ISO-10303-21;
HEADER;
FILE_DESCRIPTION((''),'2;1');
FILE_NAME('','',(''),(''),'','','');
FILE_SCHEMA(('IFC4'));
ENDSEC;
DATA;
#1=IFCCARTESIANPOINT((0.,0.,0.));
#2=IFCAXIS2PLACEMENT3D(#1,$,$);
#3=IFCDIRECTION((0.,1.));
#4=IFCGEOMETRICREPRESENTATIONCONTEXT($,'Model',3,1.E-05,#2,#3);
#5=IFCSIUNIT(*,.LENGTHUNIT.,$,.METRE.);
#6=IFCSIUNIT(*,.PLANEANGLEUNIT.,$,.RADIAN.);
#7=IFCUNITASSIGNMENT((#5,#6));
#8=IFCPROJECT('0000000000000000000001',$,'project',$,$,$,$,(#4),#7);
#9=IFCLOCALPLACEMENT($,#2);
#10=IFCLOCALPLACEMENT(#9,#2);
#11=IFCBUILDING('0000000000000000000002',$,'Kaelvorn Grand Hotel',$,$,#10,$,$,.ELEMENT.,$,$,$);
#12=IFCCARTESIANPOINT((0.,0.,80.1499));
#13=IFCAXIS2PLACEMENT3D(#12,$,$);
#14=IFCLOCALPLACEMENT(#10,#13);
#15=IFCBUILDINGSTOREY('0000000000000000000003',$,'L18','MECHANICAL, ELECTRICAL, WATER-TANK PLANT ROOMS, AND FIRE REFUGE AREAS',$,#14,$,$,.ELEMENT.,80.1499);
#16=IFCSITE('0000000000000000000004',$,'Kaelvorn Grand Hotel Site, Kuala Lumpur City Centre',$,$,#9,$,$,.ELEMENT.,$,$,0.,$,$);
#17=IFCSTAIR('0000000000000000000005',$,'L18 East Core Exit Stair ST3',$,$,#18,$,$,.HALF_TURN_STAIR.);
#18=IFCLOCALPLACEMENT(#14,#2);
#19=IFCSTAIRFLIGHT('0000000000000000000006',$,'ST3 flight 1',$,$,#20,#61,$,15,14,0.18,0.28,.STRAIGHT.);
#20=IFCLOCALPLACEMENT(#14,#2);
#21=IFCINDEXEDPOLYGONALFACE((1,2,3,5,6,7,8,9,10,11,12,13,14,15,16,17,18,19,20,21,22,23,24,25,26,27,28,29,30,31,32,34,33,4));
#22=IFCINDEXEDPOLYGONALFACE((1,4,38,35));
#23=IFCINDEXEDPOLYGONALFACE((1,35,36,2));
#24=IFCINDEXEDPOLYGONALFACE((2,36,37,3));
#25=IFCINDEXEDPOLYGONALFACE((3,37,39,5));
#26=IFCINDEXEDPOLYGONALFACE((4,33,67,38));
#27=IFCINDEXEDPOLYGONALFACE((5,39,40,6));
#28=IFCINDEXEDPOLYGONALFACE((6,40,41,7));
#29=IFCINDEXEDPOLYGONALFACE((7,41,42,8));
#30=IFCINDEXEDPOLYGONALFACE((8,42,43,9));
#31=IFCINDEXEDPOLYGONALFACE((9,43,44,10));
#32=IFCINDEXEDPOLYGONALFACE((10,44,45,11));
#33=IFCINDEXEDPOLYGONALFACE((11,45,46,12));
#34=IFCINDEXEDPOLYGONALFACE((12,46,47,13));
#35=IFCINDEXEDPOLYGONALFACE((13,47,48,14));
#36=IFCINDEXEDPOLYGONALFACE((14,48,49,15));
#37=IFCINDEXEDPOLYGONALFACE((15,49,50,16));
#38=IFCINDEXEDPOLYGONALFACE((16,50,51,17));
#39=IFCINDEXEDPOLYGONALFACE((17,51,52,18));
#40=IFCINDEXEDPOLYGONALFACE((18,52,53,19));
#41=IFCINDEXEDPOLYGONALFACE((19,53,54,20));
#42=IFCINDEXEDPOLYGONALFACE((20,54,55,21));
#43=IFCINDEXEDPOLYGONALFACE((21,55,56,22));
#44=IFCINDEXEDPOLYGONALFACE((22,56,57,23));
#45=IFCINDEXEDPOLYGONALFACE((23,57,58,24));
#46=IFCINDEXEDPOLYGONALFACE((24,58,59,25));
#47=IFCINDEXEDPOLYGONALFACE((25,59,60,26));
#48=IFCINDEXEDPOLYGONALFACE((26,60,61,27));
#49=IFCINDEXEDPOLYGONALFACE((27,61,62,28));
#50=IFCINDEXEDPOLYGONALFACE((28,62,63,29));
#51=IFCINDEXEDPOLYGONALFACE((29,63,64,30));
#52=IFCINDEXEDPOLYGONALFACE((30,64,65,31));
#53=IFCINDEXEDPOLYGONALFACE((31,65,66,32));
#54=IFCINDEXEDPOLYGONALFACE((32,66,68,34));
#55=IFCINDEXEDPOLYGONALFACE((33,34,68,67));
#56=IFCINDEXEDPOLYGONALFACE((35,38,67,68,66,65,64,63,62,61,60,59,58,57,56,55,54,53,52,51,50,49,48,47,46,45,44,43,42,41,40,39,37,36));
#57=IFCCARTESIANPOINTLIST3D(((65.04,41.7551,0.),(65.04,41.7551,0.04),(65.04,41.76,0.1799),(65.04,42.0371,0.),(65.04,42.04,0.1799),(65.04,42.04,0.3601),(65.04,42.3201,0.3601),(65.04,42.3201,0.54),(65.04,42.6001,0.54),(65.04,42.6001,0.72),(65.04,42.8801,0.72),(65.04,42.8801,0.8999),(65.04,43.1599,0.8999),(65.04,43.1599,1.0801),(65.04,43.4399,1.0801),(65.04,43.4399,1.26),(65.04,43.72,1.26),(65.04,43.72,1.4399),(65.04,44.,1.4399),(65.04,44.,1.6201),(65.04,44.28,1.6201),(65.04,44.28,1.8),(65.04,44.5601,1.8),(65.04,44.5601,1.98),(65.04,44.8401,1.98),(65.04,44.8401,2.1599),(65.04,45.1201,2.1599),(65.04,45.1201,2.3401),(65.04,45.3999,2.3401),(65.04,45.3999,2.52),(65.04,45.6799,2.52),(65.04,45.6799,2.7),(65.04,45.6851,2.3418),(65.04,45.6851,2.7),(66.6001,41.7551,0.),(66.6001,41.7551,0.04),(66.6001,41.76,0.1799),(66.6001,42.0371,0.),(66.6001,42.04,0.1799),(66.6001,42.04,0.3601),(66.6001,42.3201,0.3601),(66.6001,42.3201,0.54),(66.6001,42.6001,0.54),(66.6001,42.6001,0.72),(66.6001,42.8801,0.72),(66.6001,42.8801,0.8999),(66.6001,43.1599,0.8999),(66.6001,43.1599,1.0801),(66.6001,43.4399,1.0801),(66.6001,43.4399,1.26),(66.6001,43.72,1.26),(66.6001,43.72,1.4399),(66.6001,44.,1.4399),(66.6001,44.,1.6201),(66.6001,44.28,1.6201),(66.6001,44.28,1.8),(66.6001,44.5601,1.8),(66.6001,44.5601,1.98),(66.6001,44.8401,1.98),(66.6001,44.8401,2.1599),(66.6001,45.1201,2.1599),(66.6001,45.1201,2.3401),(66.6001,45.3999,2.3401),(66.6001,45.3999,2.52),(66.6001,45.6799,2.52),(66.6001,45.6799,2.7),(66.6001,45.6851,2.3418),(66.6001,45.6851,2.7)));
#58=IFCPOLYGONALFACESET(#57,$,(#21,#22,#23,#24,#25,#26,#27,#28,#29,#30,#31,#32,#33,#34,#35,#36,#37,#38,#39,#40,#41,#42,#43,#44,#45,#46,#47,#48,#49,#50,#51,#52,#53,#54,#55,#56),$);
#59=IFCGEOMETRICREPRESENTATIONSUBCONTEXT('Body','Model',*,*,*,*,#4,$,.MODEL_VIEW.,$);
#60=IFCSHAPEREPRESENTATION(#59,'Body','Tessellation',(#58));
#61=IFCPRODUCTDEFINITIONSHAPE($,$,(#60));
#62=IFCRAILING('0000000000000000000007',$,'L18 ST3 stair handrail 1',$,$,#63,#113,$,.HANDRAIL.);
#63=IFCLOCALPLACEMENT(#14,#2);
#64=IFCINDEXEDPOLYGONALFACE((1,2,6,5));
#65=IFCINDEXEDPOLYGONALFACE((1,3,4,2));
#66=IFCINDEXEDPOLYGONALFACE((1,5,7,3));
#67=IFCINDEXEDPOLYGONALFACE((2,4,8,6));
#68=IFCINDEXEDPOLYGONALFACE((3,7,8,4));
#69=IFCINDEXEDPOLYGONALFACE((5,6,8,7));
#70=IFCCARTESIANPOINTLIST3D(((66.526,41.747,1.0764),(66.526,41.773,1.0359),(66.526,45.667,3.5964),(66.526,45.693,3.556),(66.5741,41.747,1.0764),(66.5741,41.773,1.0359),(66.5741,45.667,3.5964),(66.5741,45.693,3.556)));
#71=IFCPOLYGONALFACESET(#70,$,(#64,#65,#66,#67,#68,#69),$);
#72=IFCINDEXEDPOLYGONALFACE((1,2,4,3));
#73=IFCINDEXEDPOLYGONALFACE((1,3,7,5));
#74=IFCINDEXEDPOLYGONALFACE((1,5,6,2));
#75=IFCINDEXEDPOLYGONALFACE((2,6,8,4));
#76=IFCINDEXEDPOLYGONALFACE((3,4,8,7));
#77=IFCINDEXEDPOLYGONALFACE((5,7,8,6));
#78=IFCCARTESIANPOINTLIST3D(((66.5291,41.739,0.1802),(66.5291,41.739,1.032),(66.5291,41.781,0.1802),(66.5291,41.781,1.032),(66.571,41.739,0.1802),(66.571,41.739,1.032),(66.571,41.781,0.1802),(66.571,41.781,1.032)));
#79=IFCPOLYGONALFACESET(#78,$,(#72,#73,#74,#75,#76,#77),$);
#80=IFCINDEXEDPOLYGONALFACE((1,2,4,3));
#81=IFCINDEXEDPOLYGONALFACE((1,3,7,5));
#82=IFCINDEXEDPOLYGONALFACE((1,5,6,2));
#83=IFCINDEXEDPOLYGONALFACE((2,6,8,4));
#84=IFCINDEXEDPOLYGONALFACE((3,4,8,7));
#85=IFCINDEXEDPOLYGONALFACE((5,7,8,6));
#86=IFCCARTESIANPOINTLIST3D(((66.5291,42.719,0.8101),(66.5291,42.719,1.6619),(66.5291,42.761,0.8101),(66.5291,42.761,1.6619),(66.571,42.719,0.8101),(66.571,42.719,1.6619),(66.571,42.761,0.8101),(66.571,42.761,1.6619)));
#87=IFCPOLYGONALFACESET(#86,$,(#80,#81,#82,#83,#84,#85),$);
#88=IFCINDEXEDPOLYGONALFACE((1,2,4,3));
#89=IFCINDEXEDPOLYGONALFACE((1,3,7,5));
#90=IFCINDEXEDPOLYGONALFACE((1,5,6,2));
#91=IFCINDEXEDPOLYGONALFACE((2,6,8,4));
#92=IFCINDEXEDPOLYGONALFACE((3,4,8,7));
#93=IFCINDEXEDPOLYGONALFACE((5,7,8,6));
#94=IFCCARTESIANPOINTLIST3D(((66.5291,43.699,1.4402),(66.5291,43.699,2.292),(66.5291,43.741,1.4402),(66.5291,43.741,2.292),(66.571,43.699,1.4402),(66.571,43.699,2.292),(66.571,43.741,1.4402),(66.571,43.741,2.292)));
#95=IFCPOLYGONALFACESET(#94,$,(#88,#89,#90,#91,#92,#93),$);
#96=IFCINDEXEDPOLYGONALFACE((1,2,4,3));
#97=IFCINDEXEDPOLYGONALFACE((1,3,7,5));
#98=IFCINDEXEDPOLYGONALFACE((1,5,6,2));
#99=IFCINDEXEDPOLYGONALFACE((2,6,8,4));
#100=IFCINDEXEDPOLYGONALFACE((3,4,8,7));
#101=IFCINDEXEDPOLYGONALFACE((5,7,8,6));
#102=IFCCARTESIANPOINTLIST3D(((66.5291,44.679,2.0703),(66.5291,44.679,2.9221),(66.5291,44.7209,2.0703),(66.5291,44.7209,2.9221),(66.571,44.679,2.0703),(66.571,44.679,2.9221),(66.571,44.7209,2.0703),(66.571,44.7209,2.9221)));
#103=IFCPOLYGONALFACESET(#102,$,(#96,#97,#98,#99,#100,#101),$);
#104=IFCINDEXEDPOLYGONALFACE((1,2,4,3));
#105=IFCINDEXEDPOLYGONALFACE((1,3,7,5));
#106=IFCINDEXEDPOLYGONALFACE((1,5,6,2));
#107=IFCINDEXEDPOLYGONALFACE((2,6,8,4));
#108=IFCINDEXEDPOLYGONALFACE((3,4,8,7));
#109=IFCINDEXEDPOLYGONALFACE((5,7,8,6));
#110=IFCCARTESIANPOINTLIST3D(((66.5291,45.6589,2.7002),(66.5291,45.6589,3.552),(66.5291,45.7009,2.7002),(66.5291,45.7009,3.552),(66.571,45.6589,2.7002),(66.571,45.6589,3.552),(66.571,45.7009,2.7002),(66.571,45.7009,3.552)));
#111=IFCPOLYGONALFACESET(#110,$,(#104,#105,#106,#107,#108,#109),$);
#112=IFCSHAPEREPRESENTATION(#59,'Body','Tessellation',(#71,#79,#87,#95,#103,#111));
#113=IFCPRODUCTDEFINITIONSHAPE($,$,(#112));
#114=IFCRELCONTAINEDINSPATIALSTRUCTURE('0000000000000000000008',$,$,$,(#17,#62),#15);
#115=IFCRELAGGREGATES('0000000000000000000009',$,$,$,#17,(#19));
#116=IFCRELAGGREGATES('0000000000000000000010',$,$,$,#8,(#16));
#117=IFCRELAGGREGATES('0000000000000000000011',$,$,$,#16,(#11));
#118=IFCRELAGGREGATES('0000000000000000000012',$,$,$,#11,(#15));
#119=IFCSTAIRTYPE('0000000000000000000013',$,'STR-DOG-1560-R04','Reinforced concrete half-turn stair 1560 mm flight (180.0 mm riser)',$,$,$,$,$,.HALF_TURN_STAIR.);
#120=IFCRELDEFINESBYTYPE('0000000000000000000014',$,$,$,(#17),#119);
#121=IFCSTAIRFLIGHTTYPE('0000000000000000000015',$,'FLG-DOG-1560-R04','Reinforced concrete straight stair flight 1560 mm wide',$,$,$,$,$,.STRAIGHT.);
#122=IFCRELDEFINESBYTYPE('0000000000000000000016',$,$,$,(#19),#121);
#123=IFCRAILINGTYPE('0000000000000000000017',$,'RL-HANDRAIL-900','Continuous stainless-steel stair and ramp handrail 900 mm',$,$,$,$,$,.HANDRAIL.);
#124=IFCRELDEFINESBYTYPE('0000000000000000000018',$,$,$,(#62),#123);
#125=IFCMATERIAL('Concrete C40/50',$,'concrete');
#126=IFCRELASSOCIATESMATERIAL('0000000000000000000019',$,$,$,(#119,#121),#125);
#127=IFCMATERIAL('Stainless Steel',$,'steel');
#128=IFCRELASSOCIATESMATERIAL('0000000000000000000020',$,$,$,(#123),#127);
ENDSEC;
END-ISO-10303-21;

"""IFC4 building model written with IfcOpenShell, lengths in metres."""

from ifc_helpers import new_model, si_unit, direction, frame, origin, origin_2d, place, context, subcontext, project, spatial, polyline, rectangle, outline, extrude, material, type_object, element, aggregate, save


model = new_model("IFC4")

# Units and contexts
model_context = context("Model", 3, precision=1e-05, world=origin(), true_north=direction((0.0, 1.0)))
body_context = subcontext(model_context, "Body", "Model", "MODEL_VIEW")
ifc_project = project(units=[si_unit("LENGTHUNIT", "METRE"), si_unit("PLANEANGLEUNIT", "RADIAN")], contexts=[model_context])

# Site, building, storey
site_placement = place(None, origin())
site = spatial("IfcSite", under=ifc_project, at=site_placement, Name="Kaelvorn Grand Hotel Site, Kuala Lumpur City Centre", CompositionType="ELEMENT", RefElevation=0.0)
building_placement = place(site_placement, origin())
building = spatial("IfcBuilding", under=site, at=building_placement, Name="Kaelvorn Grand Hotel", CompositionType="ELEMENT")
storey_placement = place(building_placement, frame((0.0, 0.0, 80.1499)))
storey = spatial("IfcBuildingStorey", under=building, at=storey_placement, Name="L18", Description="MECHANICAL, ELECTRICAL, WATER-TANK PLANT ROOMS, AND FIRE REFUGE AREAS", CompositionType="ELEMENT", Elevation=80.1499)

# Shared definitions
ifc_material_1 = material(Name="Concrete C40/50", Category="concrete")

# Stair, stair flight
stair_type = type_object("IfcStairType", Name="STR-DOG-1560-R04", Description="Reinforced concrete half-turn stair 1560 mm flight (180.0 mm riser)", PredefinedType="HALF_TURN_STAIR", material=ifc_material_1)
stair_placement = place(storey_placement, origin())
stair = element("IfcStair", 1, at=stair_placement, inside=storey, type_object=stair_type, Name="L18 East Core Exit Stair ST3", PredefinedType="HALF_TURN_STAIR")
stair_flight_type = type_object("IfcStairFlightType", Name="FLG-DOG-1560-R04", Description="Reinforced concrete straight stair flight 1560 mm wide", PredefinedType="STRAIGHT", material=ifc_material_1)
stair_flight_placement = place(storey_placement, frame((65.8201, 41.76, 0.0), z_axis=(0.0, 0.0, 1.0), x_axis=(0.0, 1.0, 0.0)))
stair_flight = element("IfcStairFlight", 2, at=stair_flight_placement, type_object=stair_flight_type, Name="ST3 flight 1", NumberOfRisers=15, NumberOfTreads=14, PredefinedType="STRAIGHT", RiserHeight=0.18, TreadLength=0.28, context=body_context, shape_type="SweptSolid", body=[
    extrude(outline(polyline([(-0.0049, 0.0), (-0.0049, 0.04), (0.0, 0.1799), (0.28, 0.1799), (0.28, 0.3601), (0.5601, 0.3601), (0.5601, 0.54), (0.8401, 0.54), (0.8401, 0.72), (1.1201, 0.72), (1.1201, 0.8999), (1.3999, 0.8999), (1.3999, 1.0801), (1.6799, 1.0801), (1.6799, 1.26), (1.96, 1.26), (1.96, 1.4399), (2.24, 1.4399), (2.24, 1.6201), (2.52, 1.6201), (2.52, 1.8), (2.8, 1.8), (2.8, 1.98), (3.0801, 1.98), (3.0801, 2.1599), (3.3601, 2.1599), (3.3601, 2.3401), (3.6399, 2.3401), (3.6399, 2.52), (3.9199, 2.52), (3.9199, 2.7), (3.925, 2.7), (3.925, 2.3418), (0.2771, 0.0), (-0.0049, 0.0)])), frame((0.0, 0.78, 0.0), z_axis=(0.0, -1.0, 0.0), x_axis=(1.0, 0.0, 0.0)), (0.0, 0.0, 1.0), 1.5601),
])
aggregate(stair, [stair_flight])

# Railing
ifc_material_2 = material(Name="Stainless Steel", Category="steel")
railing_type = type_object("IfcRailingType", Name="RL-HANDRAIL-900", Description="Continuous stainless-steel stair and ramp handrail 900 mm", PredefinedType="HANDRAIL", material=ifc_material_2)
railing_placement = place(storey_placement, frame((66.55, 41.76, 0.1802)))
element("IfcRailing", 3, at=railing_placement, inside=storey, type_object=railing_type, Name="L18 ST3 stair handrail 1", PredefinedType="HANDRAIL", context=body_context, shape_type="SweptSolid", body=[
    extrude(rectangle(XDim=0.0481, YDim=0.0481, at=origin_2d()), frame((0.0, 0.0, 0.876), z_axis=(0.0, 0.841172, 0.540768), x_axis=(-1.0, 0.0, 0.0)), (0.0, 0.0, 1.0), 4.6602),
    extrude(rectangle(XDim=0.042, YDim=0.042, at=origin_2d()), origin(), (0.0, 0.0, 1.0), 0.8518),
    extrude(rectangle(XDim=0.042, YDim=0.042, at=origin_2d()), frame((0.0, 0.98, 0.6299)), (0.0, 0.0, 1.0), 0.8518),
    extrude(rectangle(XDim=0.042, YDim=0.042, at=origin_2d()), frame((0.0, 1.96, 1.26)), (0.0, 0.0, 1.0), 0.8518),
    extrude(rectangle(XDim=0.042, YDim=0.042, at=origin_2d()), frame((0.0, 2.9399, 1.8901)), (0.0, 0.0, 1.0), 0.8518),
    extrude(rectangle(XDim=0.042, YDim=0.042, at=origin_2d()), frame((0.0, 3.9199, 2.52)), (0.0, 0.0, 1.0), 0.8518),
])

save(model, "model.ifc")
